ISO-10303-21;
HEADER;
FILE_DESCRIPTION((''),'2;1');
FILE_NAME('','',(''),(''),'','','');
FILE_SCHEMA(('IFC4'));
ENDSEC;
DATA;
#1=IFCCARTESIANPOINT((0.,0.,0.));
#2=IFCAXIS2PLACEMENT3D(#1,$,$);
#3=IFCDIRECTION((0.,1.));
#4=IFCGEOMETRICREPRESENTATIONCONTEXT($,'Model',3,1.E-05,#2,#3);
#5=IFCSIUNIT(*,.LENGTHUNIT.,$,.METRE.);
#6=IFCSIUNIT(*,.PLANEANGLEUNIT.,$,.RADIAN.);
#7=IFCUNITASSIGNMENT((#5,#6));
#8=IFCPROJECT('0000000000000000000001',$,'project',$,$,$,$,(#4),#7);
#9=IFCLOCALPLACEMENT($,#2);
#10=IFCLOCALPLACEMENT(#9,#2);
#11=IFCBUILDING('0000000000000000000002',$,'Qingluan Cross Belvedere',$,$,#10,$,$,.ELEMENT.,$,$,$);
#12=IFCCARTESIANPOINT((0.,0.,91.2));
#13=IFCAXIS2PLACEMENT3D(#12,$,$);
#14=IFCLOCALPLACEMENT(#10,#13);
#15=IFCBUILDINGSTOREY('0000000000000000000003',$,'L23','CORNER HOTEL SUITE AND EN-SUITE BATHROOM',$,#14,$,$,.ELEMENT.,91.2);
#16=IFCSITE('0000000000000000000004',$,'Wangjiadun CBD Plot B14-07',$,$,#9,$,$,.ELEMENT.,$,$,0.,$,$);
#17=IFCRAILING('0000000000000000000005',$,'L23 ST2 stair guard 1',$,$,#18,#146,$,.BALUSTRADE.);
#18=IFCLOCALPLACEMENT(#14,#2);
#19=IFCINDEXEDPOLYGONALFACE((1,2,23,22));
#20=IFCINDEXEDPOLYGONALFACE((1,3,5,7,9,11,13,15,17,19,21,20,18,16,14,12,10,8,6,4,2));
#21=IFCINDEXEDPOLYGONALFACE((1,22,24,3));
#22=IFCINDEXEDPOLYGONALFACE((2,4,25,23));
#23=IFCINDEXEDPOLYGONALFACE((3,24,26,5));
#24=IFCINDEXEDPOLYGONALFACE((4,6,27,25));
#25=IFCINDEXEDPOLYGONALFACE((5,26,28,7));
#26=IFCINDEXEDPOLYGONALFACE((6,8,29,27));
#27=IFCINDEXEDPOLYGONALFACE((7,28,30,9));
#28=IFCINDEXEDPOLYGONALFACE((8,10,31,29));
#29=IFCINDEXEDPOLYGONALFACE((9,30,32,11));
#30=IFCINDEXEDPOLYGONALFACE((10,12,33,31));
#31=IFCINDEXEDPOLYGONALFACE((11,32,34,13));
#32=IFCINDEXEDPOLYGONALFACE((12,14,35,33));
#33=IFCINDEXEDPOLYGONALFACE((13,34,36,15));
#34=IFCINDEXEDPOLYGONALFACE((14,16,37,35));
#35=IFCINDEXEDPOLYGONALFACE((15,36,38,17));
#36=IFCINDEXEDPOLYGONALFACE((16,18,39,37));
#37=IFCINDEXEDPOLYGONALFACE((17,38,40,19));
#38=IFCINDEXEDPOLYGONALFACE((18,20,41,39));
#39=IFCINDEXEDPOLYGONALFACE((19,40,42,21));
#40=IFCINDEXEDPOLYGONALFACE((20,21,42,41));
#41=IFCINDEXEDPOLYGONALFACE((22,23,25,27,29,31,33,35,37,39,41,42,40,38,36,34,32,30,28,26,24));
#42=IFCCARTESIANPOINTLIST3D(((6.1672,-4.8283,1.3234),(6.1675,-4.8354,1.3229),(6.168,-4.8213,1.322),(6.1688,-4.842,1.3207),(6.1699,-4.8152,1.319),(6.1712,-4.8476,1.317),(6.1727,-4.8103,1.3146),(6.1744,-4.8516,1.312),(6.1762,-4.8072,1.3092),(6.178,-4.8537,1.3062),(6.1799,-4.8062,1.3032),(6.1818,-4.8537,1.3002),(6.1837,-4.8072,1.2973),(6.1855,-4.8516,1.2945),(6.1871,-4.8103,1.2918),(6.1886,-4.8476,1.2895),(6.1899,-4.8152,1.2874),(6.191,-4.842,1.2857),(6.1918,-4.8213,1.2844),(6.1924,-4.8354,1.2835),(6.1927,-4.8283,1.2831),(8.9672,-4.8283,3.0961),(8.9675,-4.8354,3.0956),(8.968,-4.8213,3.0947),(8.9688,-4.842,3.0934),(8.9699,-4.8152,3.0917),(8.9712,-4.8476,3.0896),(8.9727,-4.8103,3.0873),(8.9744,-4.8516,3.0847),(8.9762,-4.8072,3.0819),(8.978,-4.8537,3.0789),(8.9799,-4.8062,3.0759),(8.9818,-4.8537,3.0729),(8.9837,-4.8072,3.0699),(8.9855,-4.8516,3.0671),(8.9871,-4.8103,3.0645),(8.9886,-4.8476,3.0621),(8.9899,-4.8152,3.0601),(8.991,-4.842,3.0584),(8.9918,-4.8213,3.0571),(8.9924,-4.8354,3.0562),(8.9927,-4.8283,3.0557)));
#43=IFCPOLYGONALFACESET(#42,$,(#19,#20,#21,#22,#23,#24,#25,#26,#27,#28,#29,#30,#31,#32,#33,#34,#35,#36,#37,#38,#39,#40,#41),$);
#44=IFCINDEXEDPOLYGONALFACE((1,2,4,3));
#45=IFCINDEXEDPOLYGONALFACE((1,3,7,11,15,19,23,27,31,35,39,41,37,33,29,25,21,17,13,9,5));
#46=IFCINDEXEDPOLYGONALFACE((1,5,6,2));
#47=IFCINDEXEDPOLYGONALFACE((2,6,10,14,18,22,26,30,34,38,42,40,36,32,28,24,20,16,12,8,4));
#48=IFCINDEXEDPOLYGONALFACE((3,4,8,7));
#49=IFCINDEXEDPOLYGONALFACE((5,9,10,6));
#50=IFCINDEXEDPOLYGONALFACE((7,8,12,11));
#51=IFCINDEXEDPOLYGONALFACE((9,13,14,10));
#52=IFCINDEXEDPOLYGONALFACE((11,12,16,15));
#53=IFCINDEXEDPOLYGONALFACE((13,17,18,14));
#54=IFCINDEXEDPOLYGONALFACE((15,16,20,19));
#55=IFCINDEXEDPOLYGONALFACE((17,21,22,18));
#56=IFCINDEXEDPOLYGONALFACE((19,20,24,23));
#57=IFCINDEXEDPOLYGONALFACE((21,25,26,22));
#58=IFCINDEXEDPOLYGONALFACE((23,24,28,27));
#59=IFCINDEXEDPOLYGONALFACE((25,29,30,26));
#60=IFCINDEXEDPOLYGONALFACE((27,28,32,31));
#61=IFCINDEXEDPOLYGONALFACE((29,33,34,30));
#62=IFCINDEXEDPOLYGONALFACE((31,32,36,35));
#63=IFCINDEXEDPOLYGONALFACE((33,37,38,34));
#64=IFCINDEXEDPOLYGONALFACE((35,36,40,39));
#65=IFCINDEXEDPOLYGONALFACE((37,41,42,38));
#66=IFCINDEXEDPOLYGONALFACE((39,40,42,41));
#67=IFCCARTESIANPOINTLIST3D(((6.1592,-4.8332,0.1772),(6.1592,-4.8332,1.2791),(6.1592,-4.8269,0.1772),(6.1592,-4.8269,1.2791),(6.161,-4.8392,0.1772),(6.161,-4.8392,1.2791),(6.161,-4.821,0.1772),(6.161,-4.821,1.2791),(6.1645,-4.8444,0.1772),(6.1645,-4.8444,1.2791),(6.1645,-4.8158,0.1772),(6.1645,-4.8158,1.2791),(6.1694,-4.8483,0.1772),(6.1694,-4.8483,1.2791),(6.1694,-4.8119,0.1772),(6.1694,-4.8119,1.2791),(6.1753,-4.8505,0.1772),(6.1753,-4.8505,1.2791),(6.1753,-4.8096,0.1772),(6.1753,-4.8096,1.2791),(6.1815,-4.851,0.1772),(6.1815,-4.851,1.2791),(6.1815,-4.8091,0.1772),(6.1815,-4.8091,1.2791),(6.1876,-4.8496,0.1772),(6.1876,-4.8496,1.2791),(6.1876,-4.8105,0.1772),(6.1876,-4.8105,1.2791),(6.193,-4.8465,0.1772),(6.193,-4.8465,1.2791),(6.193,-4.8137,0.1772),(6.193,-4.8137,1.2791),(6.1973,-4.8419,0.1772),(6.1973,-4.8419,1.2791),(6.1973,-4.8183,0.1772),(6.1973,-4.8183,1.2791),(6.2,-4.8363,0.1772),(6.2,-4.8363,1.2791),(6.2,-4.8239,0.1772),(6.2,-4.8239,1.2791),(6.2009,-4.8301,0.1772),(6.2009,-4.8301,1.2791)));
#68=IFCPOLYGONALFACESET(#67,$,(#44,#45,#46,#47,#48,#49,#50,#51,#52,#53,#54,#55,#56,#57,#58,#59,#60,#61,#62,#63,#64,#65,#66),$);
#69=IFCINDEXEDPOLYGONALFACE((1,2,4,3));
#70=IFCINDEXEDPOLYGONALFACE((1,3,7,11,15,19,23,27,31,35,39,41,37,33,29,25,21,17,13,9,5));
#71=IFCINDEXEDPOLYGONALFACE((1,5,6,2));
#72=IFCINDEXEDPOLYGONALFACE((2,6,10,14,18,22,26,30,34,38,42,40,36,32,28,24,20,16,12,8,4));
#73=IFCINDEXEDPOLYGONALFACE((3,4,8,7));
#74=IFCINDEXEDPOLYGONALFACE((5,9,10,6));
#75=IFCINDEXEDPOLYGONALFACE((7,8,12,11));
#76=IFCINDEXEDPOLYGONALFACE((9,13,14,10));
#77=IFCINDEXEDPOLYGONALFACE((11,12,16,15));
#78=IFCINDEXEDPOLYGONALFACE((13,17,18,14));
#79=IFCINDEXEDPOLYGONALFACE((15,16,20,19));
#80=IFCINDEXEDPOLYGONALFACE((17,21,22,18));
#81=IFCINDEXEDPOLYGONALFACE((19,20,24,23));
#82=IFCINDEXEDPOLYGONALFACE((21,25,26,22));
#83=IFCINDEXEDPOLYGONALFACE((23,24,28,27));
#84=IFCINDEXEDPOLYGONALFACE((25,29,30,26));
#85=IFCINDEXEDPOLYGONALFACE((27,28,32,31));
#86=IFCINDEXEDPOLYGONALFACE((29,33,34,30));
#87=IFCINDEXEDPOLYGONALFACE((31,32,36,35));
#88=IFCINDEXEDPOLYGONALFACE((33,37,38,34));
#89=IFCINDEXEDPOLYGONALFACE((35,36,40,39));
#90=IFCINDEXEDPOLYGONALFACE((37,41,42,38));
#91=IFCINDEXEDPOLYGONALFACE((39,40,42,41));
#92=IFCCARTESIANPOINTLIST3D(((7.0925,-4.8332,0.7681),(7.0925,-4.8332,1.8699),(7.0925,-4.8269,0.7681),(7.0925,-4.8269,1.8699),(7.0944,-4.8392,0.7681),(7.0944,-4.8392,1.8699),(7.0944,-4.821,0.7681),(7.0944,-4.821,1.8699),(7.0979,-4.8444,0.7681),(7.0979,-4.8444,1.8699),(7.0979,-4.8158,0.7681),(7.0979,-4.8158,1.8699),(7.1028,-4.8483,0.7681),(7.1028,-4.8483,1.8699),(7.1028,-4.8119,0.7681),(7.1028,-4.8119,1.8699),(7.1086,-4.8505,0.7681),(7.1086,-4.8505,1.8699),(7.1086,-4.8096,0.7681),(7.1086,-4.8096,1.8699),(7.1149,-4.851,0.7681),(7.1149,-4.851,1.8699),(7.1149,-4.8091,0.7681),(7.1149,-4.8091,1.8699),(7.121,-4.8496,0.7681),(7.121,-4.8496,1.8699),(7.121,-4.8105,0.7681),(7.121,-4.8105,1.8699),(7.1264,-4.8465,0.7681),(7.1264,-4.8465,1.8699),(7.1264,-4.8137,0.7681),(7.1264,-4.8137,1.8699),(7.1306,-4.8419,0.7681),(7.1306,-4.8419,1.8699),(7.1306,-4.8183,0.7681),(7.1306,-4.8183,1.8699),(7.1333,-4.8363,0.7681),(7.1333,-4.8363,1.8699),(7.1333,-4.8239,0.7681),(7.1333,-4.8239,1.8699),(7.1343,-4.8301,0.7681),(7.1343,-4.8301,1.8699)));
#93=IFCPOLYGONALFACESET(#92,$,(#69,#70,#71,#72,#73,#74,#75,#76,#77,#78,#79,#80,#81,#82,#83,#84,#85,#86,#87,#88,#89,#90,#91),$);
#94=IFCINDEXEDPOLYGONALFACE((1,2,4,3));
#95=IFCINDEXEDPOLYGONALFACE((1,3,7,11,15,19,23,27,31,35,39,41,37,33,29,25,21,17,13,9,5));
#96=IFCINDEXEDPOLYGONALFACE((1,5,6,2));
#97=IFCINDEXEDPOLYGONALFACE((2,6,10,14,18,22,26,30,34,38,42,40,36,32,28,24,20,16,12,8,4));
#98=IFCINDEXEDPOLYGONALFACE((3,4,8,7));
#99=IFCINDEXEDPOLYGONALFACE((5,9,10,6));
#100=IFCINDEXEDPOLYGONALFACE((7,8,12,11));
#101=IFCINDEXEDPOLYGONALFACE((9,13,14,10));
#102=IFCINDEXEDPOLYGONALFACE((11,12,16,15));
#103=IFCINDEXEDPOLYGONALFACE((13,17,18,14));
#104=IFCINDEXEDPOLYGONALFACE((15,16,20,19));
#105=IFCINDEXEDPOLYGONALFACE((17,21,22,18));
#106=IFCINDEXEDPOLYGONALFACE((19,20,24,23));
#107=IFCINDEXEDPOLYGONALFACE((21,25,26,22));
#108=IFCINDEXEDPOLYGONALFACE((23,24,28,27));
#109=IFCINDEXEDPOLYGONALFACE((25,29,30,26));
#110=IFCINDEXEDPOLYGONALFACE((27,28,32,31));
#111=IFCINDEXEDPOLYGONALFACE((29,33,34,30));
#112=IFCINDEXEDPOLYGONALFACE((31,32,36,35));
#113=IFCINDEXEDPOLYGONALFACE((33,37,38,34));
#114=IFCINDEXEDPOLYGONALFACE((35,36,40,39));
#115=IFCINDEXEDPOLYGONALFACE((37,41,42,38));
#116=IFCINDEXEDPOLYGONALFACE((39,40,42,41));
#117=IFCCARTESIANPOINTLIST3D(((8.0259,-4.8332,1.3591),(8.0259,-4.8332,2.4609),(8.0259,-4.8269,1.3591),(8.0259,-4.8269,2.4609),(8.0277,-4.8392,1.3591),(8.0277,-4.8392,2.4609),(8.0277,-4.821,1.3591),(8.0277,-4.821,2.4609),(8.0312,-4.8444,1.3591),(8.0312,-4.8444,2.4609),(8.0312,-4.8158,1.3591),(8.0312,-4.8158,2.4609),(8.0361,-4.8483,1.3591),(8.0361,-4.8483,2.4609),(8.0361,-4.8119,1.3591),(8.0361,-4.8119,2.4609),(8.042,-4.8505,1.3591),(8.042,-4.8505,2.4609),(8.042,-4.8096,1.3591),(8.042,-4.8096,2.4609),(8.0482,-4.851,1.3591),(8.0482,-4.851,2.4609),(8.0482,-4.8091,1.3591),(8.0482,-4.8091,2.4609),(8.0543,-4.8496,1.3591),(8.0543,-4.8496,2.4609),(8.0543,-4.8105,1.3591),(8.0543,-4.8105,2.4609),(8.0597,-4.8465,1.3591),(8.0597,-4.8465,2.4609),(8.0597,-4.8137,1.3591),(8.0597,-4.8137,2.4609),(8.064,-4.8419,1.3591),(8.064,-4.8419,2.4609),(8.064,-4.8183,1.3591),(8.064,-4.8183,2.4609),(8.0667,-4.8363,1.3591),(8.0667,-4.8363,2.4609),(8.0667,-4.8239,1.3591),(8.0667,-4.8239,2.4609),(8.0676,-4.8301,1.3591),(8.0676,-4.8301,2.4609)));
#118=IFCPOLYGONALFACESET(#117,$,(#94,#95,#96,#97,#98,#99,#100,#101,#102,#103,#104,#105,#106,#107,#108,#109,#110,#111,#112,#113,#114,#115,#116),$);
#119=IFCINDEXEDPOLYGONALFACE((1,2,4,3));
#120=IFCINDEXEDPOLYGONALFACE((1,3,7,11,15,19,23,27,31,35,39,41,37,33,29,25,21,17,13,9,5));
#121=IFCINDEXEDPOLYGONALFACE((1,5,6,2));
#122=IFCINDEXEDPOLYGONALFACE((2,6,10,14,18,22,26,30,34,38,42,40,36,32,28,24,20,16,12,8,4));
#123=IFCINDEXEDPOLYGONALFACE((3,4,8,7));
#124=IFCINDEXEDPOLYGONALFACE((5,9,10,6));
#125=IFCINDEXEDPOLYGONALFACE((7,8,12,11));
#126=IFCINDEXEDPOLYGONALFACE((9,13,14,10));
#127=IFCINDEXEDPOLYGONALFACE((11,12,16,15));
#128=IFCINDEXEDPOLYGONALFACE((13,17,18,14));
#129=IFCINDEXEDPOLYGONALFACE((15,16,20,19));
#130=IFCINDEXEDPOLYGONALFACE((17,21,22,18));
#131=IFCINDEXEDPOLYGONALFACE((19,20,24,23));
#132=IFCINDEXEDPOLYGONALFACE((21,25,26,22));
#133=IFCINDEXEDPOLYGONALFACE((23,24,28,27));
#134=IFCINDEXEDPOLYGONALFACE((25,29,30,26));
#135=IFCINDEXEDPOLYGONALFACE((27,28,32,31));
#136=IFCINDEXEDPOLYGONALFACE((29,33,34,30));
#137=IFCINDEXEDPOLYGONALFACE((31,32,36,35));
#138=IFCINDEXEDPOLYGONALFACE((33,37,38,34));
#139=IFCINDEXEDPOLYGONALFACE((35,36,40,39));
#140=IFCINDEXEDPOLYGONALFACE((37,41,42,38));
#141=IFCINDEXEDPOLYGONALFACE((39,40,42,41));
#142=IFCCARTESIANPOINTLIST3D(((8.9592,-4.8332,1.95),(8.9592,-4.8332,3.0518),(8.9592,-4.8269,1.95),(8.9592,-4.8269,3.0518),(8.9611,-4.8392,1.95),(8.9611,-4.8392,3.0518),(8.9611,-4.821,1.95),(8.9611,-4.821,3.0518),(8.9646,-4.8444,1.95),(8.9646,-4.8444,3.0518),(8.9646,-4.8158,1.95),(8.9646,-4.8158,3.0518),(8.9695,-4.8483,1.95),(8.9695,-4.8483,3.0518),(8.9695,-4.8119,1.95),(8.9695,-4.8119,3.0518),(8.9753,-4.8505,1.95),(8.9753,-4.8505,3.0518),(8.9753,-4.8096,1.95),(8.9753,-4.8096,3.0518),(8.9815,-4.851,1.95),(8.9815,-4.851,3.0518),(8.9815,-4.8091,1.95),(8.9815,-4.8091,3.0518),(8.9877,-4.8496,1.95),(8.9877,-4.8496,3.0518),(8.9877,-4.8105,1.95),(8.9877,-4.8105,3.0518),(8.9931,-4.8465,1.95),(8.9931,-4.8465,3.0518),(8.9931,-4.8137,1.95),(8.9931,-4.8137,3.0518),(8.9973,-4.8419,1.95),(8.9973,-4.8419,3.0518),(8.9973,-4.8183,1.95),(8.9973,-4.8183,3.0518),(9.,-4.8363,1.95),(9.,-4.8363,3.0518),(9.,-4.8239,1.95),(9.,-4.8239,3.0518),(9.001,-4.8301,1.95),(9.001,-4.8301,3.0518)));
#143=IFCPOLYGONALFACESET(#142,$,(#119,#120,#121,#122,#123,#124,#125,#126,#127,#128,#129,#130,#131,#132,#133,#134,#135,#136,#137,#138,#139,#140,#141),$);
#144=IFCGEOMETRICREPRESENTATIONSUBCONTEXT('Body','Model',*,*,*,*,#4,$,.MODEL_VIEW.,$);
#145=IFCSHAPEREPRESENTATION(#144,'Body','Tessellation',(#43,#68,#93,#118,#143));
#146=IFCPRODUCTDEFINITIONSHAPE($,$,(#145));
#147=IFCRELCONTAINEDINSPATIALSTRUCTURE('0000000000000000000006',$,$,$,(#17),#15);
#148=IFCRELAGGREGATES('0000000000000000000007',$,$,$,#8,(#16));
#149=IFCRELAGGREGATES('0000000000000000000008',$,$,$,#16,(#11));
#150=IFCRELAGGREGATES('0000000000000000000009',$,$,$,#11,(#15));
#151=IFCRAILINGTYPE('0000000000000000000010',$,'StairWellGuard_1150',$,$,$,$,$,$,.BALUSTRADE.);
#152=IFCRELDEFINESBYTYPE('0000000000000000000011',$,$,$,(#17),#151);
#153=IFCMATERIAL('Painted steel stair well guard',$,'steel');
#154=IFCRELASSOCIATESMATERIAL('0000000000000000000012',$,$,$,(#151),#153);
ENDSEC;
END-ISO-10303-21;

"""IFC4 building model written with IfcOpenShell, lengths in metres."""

from ifc_helpers import new_model, si_unit, direction, frame, origin, origin_2d, place, context, subcontext, project, spatial, circle, extrude, material, type_object, element, save


model = new_model("IFC4")

# Units and contexts
model_context = context("Model", 3, precision=1e-05, world=origin(), true_north=direction((0.0, 1.0)))
body_context = subcontext(model_context, "Body", "Model", "MODEL_VIEW")
ifc_project = project(units=[si_unit("LENGTHUNIT", "METRE"), si_unit("PLANEANGLEUNIT", "RADIAN")], contexts=[model_context])

# Site, building, storey
site_placement = place(None, origin())
site = spatial("IfcSite", under=ifc_project, at=site_placement, Name="Wangjiadun CBD Plot B14-07", CompositionType="ELEMENT", RefElevation=0.0)
building_placement = place(site_placement, origin())
building = spatial("IfcBuilding", under=site, at=building_placement, Name="Qingluan Cross Belvedere", CompositionType="ELEMENT")
storey_placement = place(building_placement, frame((0.0, 0.0, 91.2)))
storey = spatial("IfcBuildingStorey", under=building, at=storey_placement, Name="L23", Description="CORNER HOTEL SUITE AND EN-SUITE BATHROOM", CompositionType="ELEMENT", Elevation=91.2)

# Railing
ifc_material_1 = material(Name="Painted steel stair well guard", Category="steel")
railing_type_1 = type_object("IfcRailingType", Name="StairWellGuard_1150", PredefinedType="BALUSTRADE", material=ifc_material_1)
railing_1_placement = place(storey_placement, frame((6.1799, -4.8301, 0.1772)))
element("IfcRailing", 1, at=railing_1_placement, inside=storey, type_object=railing_type_1, Name="L23 ST2 stair guard 1", PredefinedType="BALUSTRADE", context=body_context, shape_type="SweptSolid", body=[
    extrude(circle(Radius=0.0239, at=origin_2d()), frame((0.0, 0.0, 1.126), z_axis=(0.844909, 0.0, 0.53491), x_axis=(0.0, 1.0, 0.0)), (0.0, 0.0, 1.0), 3.314),
    extrude(circle(Radius=0.021, at=origin_2d()), origin(), (0.0, 0.0, 1.0), 1.1018),
    extrude(circle(Radius=0.021, at=origin_2d()), frame((0.9333, 0.0, 0.5908)), (0.0, 0.0, 1.0), 1.1018),
    extrude(circle(Radius=0.021, at=origin_2d()), frame((1.8667, 0.0, 1.1819)), (0.0, 0.0, 1.0), 1.1018),
    extrude(circle(Radius=0.021, at=origin_2d()), frame((2.8, 0.0, 1.7727)), (0.0, 0.0, 1.0), 1.1018),
])

save(model, "model.ifc")
